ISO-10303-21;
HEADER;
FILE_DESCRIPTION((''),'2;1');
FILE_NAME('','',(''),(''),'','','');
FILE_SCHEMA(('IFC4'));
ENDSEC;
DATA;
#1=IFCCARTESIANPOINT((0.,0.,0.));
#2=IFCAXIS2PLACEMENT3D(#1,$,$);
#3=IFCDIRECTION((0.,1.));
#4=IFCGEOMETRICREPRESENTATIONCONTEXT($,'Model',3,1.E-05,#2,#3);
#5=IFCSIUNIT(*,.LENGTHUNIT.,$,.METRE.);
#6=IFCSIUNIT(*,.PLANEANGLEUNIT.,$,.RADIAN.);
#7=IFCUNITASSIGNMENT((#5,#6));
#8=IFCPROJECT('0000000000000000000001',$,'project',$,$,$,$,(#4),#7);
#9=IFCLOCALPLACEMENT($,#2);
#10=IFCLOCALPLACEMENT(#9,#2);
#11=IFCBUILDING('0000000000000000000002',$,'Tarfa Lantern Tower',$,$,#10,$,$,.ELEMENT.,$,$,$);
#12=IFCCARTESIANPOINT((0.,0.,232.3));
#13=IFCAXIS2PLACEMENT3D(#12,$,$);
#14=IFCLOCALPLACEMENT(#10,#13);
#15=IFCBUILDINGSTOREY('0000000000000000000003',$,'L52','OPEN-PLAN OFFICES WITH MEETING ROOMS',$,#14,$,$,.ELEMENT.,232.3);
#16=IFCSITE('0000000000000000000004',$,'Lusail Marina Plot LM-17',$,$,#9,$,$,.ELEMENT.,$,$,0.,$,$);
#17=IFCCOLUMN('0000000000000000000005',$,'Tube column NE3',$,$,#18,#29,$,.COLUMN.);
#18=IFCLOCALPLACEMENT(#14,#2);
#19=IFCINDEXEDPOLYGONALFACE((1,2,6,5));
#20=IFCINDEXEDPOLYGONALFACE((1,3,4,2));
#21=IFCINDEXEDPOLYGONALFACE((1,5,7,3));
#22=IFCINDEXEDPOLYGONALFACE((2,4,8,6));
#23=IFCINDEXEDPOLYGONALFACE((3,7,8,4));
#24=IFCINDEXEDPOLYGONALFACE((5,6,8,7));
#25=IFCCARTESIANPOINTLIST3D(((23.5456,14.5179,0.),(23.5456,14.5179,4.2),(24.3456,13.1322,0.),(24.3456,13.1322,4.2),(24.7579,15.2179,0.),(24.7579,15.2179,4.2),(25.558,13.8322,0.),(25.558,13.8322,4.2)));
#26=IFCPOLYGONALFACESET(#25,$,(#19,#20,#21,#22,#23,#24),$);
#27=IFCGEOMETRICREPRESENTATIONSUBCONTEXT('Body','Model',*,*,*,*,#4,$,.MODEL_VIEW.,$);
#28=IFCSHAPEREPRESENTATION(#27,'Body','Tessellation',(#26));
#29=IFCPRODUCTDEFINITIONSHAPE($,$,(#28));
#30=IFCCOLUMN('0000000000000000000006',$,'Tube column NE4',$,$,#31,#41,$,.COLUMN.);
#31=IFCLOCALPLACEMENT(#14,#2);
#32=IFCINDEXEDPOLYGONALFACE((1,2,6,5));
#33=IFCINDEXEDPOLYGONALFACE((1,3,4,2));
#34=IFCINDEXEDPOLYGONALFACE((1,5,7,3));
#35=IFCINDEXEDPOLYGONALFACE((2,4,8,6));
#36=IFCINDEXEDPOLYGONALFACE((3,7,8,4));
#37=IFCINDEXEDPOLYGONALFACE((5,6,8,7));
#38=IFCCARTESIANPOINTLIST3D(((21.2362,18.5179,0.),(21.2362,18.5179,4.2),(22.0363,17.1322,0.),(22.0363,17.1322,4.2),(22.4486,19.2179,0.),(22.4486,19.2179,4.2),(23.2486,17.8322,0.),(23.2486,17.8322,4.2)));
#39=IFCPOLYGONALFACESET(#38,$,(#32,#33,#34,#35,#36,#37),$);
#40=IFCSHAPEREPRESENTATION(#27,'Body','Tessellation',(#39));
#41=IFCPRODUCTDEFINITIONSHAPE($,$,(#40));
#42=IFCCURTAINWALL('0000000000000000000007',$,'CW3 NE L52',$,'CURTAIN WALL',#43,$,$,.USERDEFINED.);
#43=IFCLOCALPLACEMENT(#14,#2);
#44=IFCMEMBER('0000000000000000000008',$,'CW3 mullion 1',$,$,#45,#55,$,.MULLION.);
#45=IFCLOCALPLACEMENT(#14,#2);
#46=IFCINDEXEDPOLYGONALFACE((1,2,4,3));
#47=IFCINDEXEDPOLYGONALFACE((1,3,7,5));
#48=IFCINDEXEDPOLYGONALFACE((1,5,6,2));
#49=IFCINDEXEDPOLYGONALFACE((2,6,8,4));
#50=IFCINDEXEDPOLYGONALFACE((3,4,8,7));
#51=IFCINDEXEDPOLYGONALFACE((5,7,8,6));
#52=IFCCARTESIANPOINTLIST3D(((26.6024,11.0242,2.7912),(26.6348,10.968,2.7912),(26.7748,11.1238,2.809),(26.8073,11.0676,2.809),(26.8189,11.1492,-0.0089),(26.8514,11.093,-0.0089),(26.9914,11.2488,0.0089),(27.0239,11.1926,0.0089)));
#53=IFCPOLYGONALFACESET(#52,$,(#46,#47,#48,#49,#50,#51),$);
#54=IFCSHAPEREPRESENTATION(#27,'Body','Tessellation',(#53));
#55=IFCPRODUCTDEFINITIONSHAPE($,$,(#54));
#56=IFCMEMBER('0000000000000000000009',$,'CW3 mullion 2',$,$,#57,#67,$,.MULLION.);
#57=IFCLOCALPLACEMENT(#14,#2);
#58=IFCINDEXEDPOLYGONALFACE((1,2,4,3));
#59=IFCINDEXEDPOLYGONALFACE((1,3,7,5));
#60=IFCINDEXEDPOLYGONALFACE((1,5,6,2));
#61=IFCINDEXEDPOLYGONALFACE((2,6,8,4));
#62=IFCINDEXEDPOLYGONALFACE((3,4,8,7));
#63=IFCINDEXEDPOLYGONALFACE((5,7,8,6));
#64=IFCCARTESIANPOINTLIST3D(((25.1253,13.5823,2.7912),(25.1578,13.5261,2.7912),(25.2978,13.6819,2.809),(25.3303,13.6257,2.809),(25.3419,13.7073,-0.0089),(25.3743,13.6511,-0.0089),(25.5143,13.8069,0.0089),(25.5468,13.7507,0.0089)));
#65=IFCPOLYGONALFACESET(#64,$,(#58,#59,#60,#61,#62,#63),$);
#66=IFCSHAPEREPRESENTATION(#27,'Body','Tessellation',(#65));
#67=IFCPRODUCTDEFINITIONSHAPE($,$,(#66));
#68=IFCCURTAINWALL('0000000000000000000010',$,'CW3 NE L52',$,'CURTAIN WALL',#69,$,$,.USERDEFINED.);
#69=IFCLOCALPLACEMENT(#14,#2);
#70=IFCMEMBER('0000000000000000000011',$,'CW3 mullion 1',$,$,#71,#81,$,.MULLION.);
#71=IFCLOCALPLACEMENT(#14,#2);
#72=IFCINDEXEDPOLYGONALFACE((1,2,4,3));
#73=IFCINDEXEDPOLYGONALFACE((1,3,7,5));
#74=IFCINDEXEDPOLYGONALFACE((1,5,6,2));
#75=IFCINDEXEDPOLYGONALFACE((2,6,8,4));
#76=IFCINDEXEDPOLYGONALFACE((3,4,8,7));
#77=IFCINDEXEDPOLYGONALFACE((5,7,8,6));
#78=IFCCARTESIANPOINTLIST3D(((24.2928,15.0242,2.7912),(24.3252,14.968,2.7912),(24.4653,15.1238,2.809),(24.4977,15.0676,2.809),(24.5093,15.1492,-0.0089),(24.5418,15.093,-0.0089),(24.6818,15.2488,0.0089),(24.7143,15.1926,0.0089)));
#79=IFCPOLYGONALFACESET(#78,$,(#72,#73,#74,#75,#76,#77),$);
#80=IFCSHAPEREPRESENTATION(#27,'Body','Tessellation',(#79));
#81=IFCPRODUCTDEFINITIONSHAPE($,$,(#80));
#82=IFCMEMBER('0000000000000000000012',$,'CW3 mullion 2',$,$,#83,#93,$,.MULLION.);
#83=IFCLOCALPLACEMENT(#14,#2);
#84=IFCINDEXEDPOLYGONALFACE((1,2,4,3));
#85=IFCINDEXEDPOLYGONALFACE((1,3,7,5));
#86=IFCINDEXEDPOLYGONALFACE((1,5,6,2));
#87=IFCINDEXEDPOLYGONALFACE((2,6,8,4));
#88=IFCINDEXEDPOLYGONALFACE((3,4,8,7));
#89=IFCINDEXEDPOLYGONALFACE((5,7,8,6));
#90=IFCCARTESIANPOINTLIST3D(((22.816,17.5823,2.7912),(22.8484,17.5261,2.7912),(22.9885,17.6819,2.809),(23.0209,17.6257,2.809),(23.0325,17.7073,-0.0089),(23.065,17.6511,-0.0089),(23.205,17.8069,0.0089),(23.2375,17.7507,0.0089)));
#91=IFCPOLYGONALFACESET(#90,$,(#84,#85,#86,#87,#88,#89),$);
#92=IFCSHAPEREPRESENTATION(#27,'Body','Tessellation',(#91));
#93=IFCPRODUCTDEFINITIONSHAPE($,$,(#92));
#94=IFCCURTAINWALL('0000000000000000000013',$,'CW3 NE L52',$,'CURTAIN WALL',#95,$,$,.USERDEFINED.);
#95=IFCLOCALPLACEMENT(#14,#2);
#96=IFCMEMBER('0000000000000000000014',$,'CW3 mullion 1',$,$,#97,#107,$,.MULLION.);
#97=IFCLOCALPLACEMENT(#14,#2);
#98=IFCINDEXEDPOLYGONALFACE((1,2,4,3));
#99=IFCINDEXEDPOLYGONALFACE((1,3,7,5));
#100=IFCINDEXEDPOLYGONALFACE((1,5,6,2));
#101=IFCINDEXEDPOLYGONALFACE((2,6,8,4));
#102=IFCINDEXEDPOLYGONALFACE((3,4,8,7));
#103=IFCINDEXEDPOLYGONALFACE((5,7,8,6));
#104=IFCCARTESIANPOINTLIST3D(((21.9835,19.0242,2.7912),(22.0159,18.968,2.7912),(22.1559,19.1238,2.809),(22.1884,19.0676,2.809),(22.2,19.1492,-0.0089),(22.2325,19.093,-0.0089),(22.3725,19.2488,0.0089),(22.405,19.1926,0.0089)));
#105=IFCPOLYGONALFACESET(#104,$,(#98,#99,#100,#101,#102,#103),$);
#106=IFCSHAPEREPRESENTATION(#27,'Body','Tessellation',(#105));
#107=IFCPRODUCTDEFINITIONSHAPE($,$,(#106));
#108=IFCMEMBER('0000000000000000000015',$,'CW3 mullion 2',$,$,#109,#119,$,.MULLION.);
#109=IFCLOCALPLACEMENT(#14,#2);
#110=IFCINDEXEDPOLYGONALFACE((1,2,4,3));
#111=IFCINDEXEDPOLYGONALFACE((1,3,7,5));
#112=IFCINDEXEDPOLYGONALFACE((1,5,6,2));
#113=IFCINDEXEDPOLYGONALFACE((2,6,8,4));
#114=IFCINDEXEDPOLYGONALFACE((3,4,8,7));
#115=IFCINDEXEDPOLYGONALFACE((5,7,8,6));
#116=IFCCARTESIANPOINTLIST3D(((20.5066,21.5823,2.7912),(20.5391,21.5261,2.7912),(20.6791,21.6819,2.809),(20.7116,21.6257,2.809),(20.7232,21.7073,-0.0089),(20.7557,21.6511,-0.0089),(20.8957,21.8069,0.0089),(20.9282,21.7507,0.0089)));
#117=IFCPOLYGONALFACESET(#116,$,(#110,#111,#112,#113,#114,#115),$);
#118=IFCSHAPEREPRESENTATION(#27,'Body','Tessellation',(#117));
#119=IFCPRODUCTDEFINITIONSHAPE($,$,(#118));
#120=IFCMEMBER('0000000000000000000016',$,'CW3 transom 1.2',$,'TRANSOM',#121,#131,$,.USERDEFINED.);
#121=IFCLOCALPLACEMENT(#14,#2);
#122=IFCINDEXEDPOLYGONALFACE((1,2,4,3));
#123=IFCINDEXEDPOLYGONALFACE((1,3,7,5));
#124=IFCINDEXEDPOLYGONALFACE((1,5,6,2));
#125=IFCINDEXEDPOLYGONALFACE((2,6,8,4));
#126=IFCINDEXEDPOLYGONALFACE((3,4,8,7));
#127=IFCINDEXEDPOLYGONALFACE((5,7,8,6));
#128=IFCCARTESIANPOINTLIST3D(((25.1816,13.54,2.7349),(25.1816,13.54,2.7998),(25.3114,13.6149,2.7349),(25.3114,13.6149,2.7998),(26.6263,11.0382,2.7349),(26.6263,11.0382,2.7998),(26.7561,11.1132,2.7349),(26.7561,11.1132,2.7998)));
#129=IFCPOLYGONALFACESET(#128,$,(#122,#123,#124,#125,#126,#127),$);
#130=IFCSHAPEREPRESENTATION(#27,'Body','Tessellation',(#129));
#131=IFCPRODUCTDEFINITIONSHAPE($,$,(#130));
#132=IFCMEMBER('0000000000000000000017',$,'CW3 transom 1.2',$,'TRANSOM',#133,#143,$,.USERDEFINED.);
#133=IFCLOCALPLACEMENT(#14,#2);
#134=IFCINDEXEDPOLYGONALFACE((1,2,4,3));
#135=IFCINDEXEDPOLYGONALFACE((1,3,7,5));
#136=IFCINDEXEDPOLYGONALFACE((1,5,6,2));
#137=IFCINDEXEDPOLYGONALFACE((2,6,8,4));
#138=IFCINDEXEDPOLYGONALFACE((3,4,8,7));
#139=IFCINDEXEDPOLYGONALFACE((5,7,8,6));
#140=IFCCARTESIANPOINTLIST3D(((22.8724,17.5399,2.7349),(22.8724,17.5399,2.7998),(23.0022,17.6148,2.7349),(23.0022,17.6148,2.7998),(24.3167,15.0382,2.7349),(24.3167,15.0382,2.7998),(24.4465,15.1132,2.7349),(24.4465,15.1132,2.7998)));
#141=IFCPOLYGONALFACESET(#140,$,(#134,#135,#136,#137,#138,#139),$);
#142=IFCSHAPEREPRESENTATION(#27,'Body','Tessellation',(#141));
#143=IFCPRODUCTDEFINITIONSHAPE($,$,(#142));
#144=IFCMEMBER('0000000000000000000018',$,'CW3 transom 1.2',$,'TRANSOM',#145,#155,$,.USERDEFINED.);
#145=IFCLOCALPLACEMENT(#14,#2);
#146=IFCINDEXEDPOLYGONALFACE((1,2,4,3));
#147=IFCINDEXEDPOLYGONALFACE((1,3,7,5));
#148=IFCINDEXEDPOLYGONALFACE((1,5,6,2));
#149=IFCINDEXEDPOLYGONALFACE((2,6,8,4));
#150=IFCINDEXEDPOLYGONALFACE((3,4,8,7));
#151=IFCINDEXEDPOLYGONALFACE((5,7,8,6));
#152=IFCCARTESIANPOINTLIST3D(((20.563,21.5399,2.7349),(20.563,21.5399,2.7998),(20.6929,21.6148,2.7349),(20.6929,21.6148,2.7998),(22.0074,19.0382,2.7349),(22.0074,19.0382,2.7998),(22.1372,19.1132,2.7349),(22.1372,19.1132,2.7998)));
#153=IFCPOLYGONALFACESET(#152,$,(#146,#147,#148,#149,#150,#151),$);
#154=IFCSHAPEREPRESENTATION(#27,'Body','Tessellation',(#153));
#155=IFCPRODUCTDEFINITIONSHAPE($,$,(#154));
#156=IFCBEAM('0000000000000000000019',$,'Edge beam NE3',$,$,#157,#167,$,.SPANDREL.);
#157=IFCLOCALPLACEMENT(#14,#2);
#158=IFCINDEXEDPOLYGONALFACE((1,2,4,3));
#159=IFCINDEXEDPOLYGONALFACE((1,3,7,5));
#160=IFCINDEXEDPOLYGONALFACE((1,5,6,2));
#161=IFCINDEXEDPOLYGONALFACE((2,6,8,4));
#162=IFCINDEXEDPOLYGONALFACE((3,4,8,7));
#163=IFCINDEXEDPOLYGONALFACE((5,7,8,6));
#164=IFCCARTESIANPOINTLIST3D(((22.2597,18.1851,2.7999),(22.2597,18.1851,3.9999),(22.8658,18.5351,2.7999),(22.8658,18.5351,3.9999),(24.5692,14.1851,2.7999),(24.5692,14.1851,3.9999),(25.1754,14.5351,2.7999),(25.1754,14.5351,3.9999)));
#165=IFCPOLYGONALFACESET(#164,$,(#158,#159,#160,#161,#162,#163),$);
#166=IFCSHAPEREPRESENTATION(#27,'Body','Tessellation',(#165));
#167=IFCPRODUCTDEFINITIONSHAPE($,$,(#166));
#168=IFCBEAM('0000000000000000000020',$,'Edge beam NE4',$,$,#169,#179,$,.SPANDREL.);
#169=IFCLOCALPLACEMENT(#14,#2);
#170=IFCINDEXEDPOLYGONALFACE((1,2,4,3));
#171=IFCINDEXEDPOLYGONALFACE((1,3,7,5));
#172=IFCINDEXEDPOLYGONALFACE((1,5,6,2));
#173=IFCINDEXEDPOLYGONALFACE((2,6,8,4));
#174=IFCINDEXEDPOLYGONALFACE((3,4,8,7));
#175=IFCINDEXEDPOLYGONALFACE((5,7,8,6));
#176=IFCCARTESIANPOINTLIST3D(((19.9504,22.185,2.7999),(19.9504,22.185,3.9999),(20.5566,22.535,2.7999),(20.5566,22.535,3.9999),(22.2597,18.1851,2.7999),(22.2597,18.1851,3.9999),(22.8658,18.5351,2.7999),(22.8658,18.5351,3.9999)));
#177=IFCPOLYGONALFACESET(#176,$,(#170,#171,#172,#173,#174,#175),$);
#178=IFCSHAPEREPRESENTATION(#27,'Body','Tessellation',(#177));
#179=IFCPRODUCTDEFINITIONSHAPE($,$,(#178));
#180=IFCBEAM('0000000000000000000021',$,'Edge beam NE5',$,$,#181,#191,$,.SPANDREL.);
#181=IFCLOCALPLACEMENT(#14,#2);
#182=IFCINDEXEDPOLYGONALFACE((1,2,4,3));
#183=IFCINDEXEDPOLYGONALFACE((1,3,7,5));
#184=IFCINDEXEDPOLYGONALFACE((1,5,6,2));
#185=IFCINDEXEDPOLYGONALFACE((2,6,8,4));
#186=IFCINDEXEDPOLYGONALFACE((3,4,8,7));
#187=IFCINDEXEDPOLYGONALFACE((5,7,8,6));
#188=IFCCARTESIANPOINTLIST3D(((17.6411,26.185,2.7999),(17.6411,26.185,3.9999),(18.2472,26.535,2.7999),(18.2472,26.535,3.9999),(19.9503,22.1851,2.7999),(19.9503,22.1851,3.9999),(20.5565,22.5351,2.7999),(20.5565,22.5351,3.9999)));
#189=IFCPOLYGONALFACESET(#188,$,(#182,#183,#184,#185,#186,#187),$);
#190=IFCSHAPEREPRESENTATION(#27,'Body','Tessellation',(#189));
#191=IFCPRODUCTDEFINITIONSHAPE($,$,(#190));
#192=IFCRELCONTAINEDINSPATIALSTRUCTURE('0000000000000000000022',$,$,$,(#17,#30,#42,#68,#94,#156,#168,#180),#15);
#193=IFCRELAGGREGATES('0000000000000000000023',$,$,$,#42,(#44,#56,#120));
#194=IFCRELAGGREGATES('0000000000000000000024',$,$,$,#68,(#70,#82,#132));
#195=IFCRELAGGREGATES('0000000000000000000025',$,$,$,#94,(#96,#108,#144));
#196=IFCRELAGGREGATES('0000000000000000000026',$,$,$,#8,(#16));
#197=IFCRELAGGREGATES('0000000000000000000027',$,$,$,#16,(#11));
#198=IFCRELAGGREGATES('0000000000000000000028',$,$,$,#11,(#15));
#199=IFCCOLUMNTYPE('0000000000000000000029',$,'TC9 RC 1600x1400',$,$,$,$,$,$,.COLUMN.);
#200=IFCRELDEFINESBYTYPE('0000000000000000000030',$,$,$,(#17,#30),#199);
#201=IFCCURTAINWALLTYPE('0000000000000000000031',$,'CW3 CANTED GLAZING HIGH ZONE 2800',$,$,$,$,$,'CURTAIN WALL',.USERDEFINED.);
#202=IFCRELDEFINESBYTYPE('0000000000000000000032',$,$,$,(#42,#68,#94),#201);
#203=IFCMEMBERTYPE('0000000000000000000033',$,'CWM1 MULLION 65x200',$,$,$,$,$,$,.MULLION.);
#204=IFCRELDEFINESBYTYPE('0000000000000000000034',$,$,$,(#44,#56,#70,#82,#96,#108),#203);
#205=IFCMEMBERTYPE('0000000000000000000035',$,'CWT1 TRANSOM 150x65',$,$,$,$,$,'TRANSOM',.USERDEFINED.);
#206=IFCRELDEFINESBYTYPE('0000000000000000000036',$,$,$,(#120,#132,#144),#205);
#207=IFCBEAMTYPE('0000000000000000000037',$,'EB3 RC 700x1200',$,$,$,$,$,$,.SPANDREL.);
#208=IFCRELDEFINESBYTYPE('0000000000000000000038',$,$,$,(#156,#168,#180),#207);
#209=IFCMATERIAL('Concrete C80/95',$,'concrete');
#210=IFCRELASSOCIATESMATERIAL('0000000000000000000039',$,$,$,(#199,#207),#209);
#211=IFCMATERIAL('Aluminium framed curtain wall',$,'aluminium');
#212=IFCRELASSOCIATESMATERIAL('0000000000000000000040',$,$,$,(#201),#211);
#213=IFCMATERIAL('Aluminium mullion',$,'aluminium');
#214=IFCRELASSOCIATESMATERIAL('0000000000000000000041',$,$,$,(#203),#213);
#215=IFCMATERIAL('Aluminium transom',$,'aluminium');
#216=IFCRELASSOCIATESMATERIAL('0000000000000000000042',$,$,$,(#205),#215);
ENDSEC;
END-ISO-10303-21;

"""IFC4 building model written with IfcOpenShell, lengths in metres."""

from ifc_helpers import new_model, si_unit, direction, frame, origin, origin_2d, place, context, subcontext, project, spatial, rectangle, extrude, material, material_profile, profile_set, type_object, element, aggregate, save


model = new_model("IFC4")

# Units and contexts
model_context = context("Model", 3, precision=1e-05, world=origin(), true_north=direction((0.0, 1.0)))
body_context = subcontext(model_context, "Body", "Model", "MODEL_VIEW")
ifc_project = project(units=[si_unit("LENGTHUNIT", "METRE"), si_unit("PLANEANGLEUNIT", "RADIAN")], contexts=[model_context])

# Site, building, storey
site_placement = place(None, origin())
site = spatial("IfcSite", under=ifc_project, at=site_placement, Name="Lusail Marina Plot LM-17", CompositionType="ELEMENT", RefElevation=0.0)
building_placement = place(site_placement, origin())
building = spatial("IfcBuilding", under=site, at=building_placement, Name="Tarfa Lantern Tower", CompositionType="ELEMENT")
storey_placement = place(building_placement, frame((0.0, 0.0, 232.3)))
storey = spatial("IfcBuildingStorey", under=building, at=storey_placement, Name="L52", Description="OPEN-PLAN OFFICES WITH MEETING ROOMS", CompositionType="ELEMENT", Elevation=232.3)

# Columns
ifc_material_1 = material(Name="Concrete C80/95", Category="concrete")
ifc_material_profile_1 = material_profile(ifc_material_1, rectangle(XDim=1.6001, YDim=1.3999, at=origin_2d()), Name="RC 1600x1400")
ifc_profile_set_1 = profile_set([ifc_material_profile_1], Name="Concrete C80/95")
column_type = type_object("IfcColumnType", Name="TC9 RC 1600x1400", PredefinedType="COLUMN", material=ifc_profile_set_1)
for number, where, z_axis, x_axis, name in (
    (1, (24.5518, 14.175, 0.0), (0.0, 0.0, 1.0), (-0.5, 0.866025, 0.0), "Tube column NE3"),
    (2, (22.2424, 18.175, 0.0), (0.0, 0.0, 1.0), (-0.5, 0.866025, 0.0), "Tube column NE4"),
):
    element("IfcColumn", number, at=place(storey_placement, frame(where, z_axis=z_axis, x_axis=x_axis)), inside=storey, type_object=column_type, Name=name, PredefinedType="COLUMN", context=body_context, shape_type="SweptSolid", body=[
        extrude(rectangle(XDim=1.6001, YDim=1.3999, at=origin_2d()), origin(), (0.0, 0.0, 1.0), 4.2),
    ])

# Curtain walls, members
ifc_material_2 = material(Name="Aluminium framed curtain wall", Category="aluminium")
curtain_wall_type = type_object("IfcCurtainWallType", Name="CW3 CANTED GLAZING HIGH ZONE 2800", ElementType="CURTAIN WALL", PredefinedType="USERDEFINED", material=ifc_material_2)
curtain_wall_1_placement = place(storey_placement, origin())
curtain_wall_1 = element("IfcCurtainWall", 3, at=curtain_wall_1_placement, inside=storey, type_object=curtain_wall_type, Name="CW3 NE L52", ObjectType="CURTAIN WALL", PredefinedType="USERDEFINED")
ifc_material_3 = material(Name="Aluminium mullion", Category="aluminium")
ifc_material_profile_2 = material_profile(ifc_material_3, rectangle(XDim=0.0649, YDim=0.2, at=origin_2d()), Name="AL MULLION 65x200")
ifc_profile_set_2 = profile_set([ifc_material_profile_2], Name="Aluminium mullion")
member_type_1 = type_object("IfcMemberType", Name="CWM1 MULLION 65x200", PredefinedType="MULLION", material=ifc_profile_set_2)
member_1_placement = place(storey_placement, frame((26.9214, 11.1709, 0.0), z_axis=(-0.077032, -0.044465, 0.996037), x_axis=(0.49992, -0.866072, 0.0)))
member_1 = element("IfcMember", 4, at=member_1_placement, type_object=member_type_1, Name="CW3 mullion 1", PredefinedType="MULLION", context=body_context, shape_type="SweptSolid", body=[
    extrude(rectangle(XDim=0.0649, YDim=0.2, at=origin_2d()), origin(), (0.0, 0.0, 1.0), 2.8113),
])
member_2_placement = place(storey_placement, frame((25.4443, 13.729, 0.0), z_axis=(-0.077032, -0.044465, 0.996037), x_axis=(0.49992, -0.866072, 0.0)))
member_2 = element("IfcMember", 5, at=member_2_placement, type_object=member_type_1, Name="CW3 mullion 2", PredefinedType="MULLION", context=body_context, shape_type="SweptSolid", body=[
    extrude(rectangle(XDim=0.0649, YDim=0.2, at=origin_2d()), origin(), (0.0, 0.0, 1.0), 2.8113),
])
curtain_wall_2_placement = place(storey_placement, origin())
curtain_wall_2 = element("IfcCurtainWall", 6, at=curtain_wall_2_placement, inside=storey, type_object=curtain_wall_type, Name="CW3 NE L52", ObjectType="CURTAIN WALL", PredefinedType="USERDEFINED")
member_3_placement = place(storey_placement, frame((24.6118, 15.1709, 0.0), z_axis=(-0.077032, -0.044465, 0.996037), x_axis=(0.49992, -0.866072, 0.0)))
member_3 = element("IfcMember", 7, at=member_3_placement, type_object=member_type_1, Name="CW3 mullion 1", PredefinedType="MULLION", context=body_context, shape_type="SweptSolid", body=[
    extrude(rectangle(XDim=0.0649, YDim=0.2, at=origin_2d()), origin(), (0.0, 0.0, 1.0), 2.8113),
])
member_4_placement = place(storey_placement, frame((23.135, 17.729, 0.0), z_axis=(-0.077032, -0.044465, 0.996037), x_axis=(0.49992, -0.866072, 0.0)))
member_4 = element("IfcMember", 8, at=member_4_placement, type_object=member_type_1, Name="CW3 mullion 2", PredefinedType="MULLION", context=body_context, shape_type="SweptSolid", body=[
    extrude(rectangle(XDim=0.0649, YDim=0.2, at=origin_2d()), origin(), (0.0, 0.0, 1.0), 2.8113),
])
curtain_wall_3_placement = place(storey_placement, origin())
curtain_wall_3 = element("IfcCurtainWall", 9, at=curtain_wall_3_placement, inside=storey, type_object=curtain_wall_type, Name="CW3 NE L52", ObjectType="CURTAIN WALL", PredefinedType="USERDEFINED")
member_5_placement = place(storey_placement, frame((22.3025, 19.1709, 0.0), z_axis=(-0.077032, -0.044465, 0.996037), x_axis=(0.49992, -0.866072, 0.0)))
member_5 = element("IfcMember", 10, at=member_5_placement, type_object=member_type_1, Name="CW3 mullion 1", PredefinedType="MULLION", context=body_context, shape_type="SweptSolid", body=[
    extrude(rectangle(XDim=0.0649, YDim=0.2, at=origin_2d()), origin(), (0.0, 0.0, 1.0), 2.8113),
])
member_6_placement = place(storey_placement, frame((20.8257, 21.729, 0.0), z_axis=(-0.077032, -0.044465, 0.996037), x_axis=(0.49992, -0.866072, 0.0)))
member_6 = element("IfcMember", 11, at=member_6_placement, type_object=member_type_1, Name="CW3 mullion 2", PredefinedType="MULLION", context=body_context, shape_type="SweptSolid", body=[
    extrude(rectangle(XDim=0.0649, YDim=0.2, at=origin_2d()), origin(), (0.0, 0.0, 1.0), 2.8113),
])

# Members
ifc_material_4 = material(Name="Aluminium transom", Category="aluminium")
ifc_material_profile_3 = material_profile(ifc_material_4, rectangle(XDim=0.1499, YDim=0.0649, at=origin_2d()), Name="AL TRANSOM 150x65")
ifc_profile_set_3 = profile_set([ifc_material_profile_3], Name="Aluminium transom")
member_type_2 = type_object("IfcMemberType", Name="CWT1 TRANSOM 150x65", ElementType="TRANSOM", PredefinedType="USERDEFINED", material=ifc_profile_set_3)
member_7_placement = place(storey_placement, frame((26.6912, 11.0757, 2.7673), z_axis=(-0.500057, 0.865993, 0.0), x_axis=(-0.865993, -0.500057, 0.0)))
member_7 = element("IfcMember", 12, at=member_7_placement, type_object=member_type_2, Name="CW3 transom 1.2", ObjectType="TRANSOM", PredefinedType="USERDEFINED", context=body_context, shape_type="SweptSolid", body=[
    extrude(rectangle(XDim=0.1499, YDim=0.0649, at=origin_2d()), origin(), (0.0, 0.0, 1.0), 2.8889),
])
member_8_placement = place(storey_placement, frame((24.3816, 15.0757, 2.7673), z_axis=(-0.499993, 0.866029, 0.0), x_axis=(-0.866029, -0.499993, 0.0)))
member_8 = element("IfcMember", 13, at=member_8_placement, type_object=member_type_2, Name="CW3 transom 1.2", ObjectType="TRANSOM", PredefinedType="USERDEFINED", context=body_context, shape_type="SweptSolid", body=[
    extrude(rectangle(XDim=0.1499, YDim=0.0649, at=origin_2d()), origin(), (0.0, 0.0, 1.0), 2.8887),
])
member_9_placement = place(storey_placement, frame((22.0723, 19.0757, 2.7673), z_axis=(-0.499993, 0.866029, 0.0), x_axis=(-0.866029, -0.499993, 0.0)))
member_9 = element("IfcMember", 14, at=member_9_placement, type_object=member_type_2, Name="CW3 transom 1.2", ObjectType="TRANSOM", PredefinedType="USERDEFINED", context=body_context, shape_type="SweptSolid", body=[
    extrude(rectangle(XDim=0.1499, YDim=0.0649, at=origin_2d()), origin(), (0.0, 0.0, 1.0), 2.8887),
])

# Beams
ifc_material_profile_4 = material_profile(ifc_material_1, rectangle(XDim=0.7, YDim=1.2, at=origin_2d()), Name="RC 700x1200")
ifc_profile_set_4 = profile_set([ifc_material_profile_4], Name="Concrete C80/95")
beam_type_1 = type_object("IfcBeamType", Name="EB3 RC 700x1200", PredefinedType="SPANDREL", material=ifc_profile_set_4)
beam_1_placement = place(storey_placement, frame((24.8723, 14.3601, 3.3999), z_axis=(-0.500027, 0.86601, 0.0), x_axis=(-0.86601, -0.500027, 0.0)))
element("IfcBeam", 15, at=beam_1_placement, inside=storey, type_object=beam_type_1, Name="Edge beam NE3", PredefinedType="SPANDREL", context=body_context, shape_type="SweptSolid", body=[
    extrude(rectangle(XDim=0.7, YDim=1.2, at=origin_2d()), origin(), (0.0, 0.0, 1.0), 4.6189),
])
for number, where, z_axis, x_axis, name in (
    (16, (22.5627, 18.3601, 3.3999), (-0.499988, 0.866032, 0.0), (-0.866032, -0.499988, 0.0), "Edge beam NE4"),
    (17, (20.2534, 22.3601, 3.3999), (-0.499988, 0.866032, 0.0), (-0.866032, -0.499988, 0.0), "Edge beam NE5"),
):
    element("IfcBeam", number, at=place(storey_placement, frame(where, z_axis=z_axis, x_axis=x_axis)), inside=storey, type_object=beam_type_1, Name=name, PredefinedType="SPANDREL", context=body_context, shape_type="SweptSolid", body=[
        extrude(rectangle(XDim=0.7, YDim=1.2, at=origin_2d()), origin(), (0.0, 0.0, 1.0), 4.6187),
    ])

aggregate(curtain_wall_1, [member_1, member_2, member_7])
aggregate(curtain_wall_2, [member_3, member_4, member_8])
aggregate(curtain_wall_3, [member_5, member_6, member_9])

save(model, "model.ifc")
